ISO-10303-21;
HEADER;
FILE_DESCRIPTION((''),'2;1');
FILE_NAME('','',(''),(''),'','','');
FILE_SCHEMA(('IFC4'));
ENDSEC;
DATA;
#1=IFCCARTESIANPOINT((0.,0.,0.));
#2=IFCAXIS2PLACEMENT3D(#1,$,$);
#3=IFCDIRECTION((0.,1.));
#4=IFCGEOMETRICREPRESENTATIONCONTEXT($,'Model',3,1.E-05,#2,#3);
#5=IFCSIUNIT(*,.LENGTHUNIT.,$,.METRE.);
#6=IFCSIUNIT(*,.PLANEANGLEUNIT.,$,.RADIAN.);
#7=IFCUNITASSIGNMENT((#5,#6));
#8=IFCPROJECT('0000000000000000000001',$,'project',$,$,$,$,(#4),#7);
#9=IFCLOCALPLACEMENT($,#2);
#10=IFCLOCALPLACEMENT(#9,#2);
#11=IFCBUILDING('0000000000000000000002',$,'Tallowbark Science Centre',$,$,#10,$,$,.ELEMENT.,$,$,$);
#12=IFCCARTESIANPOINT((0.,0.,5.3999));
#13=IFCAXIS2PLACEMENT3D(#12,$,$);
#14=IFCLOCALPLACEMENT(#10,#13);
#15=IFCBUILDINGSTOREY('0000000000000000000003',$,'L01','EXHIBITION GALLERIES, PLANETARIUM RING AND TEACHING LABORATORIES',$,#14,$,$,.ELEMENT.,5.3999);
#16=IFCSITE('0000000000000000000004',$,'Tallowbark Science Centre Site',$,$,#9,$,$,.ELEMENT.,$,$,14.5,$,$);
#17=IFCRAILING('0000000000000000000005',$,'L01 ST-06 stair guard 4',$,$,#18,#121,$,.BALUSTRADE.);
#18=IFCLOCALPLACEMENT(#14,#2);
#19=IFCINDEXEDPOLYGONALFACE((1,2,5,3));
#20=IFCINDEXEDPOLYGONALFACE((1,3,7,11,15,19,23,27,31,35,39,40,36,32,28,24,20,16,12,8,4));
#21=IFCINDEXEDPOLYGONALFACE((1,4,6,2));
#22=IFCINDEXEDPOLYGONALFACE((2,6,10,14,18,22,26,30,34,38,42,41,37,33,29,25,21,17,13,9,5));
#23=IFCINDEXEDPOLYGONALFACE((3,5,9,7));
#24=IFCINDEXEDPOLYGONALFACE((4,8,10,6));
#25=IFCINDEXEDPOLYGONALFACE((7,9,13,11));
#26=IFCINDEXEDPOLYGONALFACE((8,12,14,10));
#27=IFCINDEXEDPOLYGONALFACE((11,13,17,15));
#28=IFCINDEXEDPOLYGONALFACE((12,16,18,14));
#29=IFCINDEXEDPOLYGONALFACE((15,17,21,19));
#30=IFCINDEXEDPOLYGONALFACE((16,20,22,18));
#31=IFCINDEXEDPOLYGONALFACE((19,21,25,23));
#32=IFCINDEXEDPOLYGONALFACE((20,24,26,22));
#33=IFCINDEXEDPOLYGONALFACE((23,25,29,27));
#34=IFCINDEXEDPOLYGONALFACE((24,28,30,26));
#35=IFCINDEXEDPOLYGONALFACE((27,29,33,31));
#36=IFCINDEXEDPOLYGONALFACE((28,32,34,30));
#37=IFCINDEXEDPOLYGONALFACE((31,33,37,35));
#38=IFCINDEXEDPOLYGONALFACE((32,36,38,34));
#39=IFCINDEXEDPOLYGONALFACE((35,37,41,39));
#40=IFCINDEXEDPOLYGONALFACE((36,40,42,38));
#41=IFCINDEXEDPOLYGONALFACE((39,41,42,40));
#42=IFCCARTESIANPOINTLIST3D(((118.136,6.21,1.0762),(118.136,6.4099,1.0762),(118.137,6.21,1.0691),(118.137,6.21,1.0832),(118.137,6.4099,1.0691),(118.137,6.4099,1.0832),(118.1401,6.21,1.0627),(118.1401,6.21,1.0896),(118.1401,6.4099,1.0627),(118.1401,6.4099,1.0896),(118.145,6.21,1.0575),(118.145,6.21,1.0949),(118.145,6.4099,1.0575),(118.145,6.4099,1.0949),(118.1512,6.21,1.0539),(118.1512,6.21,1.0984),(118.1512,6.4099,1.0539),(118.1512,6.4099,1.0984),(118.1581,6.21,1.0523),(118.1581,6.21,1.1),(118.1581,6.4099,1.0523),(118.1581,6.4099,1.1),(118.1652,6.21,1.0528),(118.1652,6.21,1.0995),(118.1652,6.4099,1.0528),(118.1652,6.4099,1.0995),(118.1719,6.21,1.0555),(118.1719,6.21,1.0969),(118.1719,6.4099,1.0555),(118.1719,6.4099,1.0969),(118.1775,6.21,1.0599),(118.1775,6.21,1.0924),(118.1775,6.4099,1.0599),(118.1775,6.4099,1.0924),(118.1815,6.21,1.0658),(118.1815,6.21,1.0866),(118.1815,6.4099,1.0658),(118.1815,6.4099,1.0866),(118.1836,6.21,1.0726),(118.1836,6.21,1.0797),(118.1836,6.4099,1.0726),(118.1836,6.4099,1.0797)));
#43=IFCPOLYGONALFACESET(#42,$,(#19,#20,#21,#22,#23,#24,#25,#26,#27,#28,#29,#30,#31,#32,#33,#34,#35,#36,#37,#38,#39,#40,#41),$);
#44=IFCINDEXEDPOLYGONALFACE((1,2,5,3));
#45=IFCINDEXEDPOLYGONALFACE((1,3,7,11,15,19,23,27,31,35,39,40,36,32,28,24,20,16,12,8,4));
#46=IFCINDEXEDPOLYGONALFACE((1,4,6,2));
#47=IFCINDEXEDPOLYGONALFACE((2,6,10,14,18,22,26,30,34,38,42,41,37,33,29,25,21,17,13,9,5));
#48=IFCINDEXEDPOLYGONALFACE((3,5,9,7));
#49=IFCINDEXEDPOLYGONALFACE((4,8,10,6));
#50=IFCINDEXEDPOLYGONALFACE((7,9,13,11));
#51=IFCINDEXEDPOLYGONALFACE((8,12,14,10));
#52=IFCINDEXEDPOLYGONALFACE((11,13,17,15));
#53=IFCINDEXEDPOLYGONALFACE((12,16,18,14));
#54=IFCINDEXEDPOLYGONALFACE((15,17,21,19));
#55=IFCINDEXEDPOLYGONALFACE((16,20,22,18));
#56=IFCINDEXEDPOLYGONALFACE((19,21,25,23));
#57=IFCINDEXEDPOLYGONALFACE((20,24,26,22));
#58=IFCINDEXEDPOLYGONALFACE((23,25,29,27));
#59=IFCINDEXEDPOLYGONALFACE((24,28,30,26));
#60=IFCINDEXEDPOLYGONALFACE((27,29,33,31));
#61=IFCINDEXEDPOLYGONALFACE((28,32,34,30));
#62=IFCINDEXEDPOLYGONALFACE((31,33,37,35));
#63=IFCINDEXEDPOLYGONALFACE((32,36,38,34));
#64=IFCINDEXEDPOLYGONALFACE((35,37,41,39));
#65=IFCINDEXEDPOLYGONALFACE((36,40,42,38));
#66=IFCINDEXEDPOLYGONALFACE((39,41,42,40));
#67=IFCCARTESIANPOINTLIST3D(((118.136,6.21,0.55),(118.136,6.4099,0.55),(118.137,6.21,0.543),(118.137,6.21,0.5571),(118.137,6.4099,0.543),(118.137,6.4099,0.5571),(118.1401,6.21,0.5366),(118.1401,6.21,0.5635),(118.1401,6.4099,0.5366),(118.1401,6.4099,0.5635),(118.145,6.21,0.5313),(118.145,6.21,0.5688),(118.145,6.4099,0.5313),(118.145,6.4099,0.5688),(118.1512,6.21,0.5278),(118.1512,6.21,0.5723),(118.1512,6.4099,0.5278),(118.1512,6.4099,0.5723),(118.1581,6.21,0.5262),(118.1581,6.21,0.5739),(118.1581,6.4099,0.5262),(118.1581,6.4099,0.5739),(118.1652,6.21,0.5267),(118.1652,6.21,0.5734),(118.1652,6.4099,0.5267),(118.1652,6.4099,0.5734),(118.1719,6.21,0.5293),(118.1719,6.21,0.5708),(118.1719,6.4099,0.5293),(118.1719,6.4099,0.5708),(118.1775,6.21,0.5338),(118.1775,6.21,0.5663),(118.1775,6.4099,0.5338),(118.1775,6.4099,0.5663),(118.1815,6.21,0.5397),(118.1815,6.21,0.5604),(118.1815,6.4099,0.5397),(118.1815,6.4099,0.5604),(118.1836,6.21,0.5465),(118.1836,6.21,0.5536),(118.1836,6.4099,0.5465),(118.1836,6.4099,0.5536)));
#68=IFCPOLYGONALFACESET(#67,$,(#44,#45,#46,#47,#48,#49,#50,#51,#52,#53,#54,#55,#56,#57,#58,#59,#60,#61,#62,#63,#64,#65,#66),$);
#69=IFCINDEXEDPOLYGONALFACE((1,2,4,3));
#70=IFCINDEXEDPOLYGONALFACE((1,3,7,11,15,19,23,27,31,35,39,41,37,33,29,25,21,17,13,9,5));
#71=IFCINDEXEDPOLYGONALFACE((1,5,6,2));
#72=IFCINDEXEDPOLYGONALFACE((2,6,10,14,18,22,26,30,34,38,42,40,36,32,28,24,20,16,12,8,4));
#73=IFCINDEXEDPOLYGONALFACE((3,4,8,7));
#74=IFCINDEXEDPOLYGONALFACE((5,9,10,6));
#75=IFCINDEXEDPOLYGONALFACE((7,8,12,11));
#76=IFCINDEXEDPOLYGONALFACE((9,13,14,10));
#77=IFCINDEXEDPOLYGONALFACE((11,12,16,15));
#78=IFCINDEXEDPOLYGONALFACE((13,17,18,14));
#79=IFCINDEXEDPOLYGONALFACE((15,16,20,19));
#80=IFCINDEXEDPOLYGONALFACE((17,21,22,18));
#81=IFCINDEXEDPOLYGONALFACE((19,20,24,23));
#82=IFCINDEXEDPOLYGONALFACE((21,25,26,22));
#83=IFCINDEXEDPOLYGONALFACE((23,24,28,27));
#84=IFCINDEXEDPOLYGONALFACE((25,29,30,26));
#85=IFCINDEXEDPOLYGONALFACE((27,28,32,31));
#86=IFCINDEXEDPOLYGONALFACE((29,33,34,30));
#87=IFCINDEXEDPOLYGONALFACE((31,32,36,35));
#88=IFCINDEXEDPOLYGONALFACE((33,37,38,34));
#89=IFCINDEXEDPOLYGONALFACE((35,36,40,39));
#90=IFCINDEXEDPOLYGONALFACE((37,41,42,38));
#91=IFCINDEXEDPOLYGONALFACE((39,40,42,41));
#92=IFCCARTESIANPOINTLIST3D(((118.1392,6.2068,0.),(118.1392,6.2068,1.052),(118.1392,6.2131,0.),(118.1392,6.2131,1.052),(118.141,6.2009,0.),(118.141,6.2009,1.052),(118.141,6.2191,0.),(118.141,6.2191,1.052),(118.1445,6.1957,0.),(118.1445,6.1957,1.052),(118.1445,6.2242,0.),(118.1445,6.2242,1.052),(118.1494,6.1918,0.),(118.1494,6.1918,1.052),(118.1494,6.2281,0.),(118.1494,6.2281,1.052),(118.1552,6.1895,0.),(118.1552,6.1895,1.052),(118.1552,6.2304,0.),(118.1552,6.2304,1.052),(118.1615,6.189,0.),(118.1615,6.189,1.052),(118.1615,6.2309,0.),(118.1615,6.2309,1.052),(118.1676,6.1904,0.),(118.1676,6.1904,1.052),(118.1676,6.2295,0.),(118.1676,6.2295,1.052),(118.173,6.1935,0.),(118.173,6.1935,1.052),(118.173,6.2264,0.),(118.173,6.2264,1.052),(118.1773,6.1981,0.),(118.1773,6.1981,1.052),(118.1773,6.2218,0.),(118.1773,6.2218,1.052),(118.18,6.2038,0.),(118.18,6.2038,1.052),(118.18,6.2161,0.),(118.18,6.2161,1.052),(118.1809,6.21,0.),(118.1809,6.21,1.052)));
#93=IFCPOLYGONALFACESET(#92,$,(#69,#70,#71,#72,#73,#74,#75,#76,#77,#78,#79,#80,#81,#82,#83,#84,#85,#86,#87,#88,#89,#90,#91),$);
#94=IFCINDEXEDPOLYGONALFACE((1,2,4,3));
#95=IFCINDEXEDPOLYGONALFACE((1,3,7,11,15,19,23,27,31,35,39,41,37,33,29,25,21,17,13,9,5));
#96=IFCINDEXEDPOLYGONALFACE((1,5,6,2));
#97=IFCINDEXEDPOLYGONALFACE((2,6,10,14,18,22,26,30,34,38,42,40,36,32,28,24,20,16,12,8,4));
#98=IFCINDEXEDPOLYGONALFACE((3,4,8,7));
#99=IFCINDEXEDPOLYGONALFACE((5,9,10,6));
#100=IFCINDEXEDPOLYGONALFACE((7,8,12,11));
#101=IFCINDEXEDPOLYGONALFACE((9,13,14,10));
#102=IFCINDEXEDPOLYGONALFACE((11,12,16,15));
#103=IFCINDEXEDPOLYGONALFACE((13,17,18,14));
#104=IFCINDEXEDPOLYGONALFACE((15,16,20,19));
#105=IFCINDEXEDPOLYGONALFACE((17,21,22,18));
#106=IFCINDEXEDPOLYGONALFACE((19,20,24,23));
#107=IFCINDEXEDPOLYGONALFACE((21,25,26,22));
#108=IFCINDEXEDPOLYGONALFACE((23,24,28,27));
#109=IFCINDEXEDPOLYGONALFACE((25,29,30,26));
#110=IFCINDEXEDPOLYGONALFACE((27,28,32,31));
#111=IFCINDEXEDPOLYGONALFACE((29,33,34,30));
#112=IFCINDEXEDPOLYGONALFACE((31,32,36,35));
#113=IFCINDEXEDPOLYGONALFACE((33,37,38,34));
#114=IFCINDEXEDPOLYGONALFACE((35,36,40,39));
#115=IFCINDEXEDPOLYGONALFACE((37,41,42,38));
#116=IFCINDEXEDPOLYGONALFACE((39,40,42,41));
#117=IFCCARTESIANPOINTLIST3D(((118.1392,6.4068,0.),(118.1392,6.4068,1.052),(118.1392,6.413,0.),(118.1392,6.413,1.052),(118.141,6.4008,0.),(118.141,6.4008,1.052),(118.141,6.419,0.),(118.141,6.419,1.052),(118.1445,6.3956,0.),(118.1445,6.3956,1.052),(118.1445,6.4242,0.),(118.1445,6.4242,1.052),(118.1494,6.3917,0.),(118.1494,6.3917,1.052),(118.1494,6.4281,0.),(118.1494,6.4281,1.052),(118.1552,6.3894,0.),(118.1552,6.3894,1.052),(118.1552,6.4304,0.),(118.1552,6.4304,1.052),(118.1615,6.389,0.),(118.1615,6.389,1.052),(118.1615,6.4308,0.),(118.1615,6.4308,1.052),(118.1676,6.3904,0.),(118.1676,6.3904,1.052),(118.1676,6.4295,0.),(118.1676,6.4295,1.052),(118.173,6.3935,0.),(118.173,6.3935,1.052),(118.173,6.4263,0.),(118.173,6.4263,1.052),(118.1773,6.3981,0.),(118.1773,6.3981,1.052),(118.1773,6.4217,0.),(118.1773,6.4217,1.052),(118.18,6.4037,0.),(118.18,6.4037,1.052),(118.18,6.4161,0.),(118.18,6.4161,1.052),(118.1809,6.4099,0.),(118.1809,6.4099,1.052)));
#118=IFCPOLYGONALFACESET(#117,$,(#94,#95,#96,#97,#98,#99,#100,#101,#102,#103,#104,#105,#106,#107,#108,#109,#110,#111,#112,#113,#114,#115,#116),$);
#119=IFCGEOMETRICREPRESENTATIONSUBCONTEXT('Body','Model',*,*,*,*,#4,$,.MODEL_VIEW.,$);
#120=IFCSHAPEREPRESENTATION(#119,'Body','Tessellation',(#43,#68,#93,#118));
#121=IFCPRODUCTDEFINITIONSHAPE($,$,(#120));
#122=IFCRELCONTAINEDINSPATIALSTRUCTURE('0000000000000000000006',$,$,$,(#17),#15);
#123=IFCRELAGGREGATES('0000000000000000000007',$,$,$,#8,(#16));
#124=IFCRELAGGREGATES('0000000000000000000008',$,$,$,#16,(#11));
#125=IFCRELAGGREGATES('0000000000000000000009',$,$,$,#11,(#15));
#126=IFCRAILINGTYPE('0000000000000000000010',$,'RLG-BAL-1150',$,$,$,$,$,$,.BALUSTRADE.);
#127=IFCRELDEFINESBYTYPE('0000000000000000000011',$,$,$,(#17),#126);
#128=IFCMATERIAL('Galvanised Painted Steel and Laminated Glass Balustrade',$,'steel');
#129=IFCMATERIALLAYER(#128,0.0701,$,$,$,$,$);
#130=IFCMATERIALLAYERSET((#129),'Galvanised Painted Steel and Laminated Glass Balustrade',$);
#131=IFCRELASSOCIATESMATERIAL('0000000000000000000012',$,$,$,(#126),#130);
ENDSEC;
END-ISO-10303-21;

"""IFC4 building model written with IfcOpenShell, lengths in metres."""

from ifc_helpers import new_model, si_unit, direction, frame, origin, origin_2d, place, context, subcontext, project, spatial, circle, extrude, material, layer, layer_set, type_object, element, save


model = new_model("IFC4")

# Units and contexts
model_context = context("Model", 3, precision=1e-05, world=origin(), true_north=direction((0.0, 1.0)))
body_context = subcontext(model_context, "Body", "Model", "MODEL_VIEW")
ifc_project = project(units=[si_unit("LENGTHUNIT", "METRE"), si_unit("PLANEANGLEUNIT", "RADIAN")], contexts=[model_context])

# Site, building, storey
site_placement = place(None, origin())
site = spatial("IfcSite", under=ifc_project, at=site_placement, Name="Tallowbark Science Centre Site", CompositionType="ELEMENT", RefElevation=14.5)
building_placement = place(site_placement, origin())
building = spatial("IfcBuilding", under=site, at=building_placement, Name="Tallowbark Science Centre", CompositionType="ELEMENT")
storey_placement = place(building_placement, frame((0.0, 0.0, 5.3999)))
storey = spatial("IfcBuildingStorey", under=building, at=storey_placement, Name="L01", Description="EXHIBITION GALLERIES, PLANETARIUM RING AND TEACHING LABORATORIES", CompositionType="ELEMENT", Elevation=5.3999)

# Railing
ifc_material_1 = material(Name="Galvanised Painted Steel and Laminated Glass Balustrade", Category="steel")
ifc_layer_1 = layer(ifc_material_1, 0.0701)
ifc_layer_set_1 = layer_set([ifc_layer_1], Name="Galvanised Painted Steel and Laminated Glass Balustrade")
railing_type_1 = type_object("IfcRailingType", Name="RLG-BAL-1150", PredefinedType="BALUSTRADE", material=ifc_layer_set_1)
railing_1_placement = place(storey_placement, frame((118.1599, 6.21, 0.0)))
element("IfcRailing", 1, at=railing_1_placement, inside=storey, type_object=railing_type_1, Name="L01 ST-06 stair guard 4", PredefinedType="BALUSTRADE", context=body_context, shape_type="SweptSolid", body=[
    extrude(circle(Radius=0.0239, at=origin_2d()), frame((0.0, 0.0, 1.0762), z_axis=(0.0, 1.0, 0.0), x_axis=(-1.0, 0.0, 0.0)), (0.0, 0.0, 1.0), 0.2),
    extrude(circle(Radius=0.0239, at=origin_2d()), frame((0.0, 0.0, 0.55), z_axis=(0.0, 1.0, 0.0), x_axis=(-1.0, 0.0, 0.0)), (0.0, 0.0, 1.0), 0.2),
    extrude(circle(Radius=0.021, at=origin_2d()), origin(), (0.0, 0.0, 1.0), 1.052),
    extrude(circle(Radius=0.021, at=origin_2d()), frame((0.0, 0.2, 0.0)), (0.0, 0.0, 1.0), 1.052),
])

save(model, "model.ifc")
